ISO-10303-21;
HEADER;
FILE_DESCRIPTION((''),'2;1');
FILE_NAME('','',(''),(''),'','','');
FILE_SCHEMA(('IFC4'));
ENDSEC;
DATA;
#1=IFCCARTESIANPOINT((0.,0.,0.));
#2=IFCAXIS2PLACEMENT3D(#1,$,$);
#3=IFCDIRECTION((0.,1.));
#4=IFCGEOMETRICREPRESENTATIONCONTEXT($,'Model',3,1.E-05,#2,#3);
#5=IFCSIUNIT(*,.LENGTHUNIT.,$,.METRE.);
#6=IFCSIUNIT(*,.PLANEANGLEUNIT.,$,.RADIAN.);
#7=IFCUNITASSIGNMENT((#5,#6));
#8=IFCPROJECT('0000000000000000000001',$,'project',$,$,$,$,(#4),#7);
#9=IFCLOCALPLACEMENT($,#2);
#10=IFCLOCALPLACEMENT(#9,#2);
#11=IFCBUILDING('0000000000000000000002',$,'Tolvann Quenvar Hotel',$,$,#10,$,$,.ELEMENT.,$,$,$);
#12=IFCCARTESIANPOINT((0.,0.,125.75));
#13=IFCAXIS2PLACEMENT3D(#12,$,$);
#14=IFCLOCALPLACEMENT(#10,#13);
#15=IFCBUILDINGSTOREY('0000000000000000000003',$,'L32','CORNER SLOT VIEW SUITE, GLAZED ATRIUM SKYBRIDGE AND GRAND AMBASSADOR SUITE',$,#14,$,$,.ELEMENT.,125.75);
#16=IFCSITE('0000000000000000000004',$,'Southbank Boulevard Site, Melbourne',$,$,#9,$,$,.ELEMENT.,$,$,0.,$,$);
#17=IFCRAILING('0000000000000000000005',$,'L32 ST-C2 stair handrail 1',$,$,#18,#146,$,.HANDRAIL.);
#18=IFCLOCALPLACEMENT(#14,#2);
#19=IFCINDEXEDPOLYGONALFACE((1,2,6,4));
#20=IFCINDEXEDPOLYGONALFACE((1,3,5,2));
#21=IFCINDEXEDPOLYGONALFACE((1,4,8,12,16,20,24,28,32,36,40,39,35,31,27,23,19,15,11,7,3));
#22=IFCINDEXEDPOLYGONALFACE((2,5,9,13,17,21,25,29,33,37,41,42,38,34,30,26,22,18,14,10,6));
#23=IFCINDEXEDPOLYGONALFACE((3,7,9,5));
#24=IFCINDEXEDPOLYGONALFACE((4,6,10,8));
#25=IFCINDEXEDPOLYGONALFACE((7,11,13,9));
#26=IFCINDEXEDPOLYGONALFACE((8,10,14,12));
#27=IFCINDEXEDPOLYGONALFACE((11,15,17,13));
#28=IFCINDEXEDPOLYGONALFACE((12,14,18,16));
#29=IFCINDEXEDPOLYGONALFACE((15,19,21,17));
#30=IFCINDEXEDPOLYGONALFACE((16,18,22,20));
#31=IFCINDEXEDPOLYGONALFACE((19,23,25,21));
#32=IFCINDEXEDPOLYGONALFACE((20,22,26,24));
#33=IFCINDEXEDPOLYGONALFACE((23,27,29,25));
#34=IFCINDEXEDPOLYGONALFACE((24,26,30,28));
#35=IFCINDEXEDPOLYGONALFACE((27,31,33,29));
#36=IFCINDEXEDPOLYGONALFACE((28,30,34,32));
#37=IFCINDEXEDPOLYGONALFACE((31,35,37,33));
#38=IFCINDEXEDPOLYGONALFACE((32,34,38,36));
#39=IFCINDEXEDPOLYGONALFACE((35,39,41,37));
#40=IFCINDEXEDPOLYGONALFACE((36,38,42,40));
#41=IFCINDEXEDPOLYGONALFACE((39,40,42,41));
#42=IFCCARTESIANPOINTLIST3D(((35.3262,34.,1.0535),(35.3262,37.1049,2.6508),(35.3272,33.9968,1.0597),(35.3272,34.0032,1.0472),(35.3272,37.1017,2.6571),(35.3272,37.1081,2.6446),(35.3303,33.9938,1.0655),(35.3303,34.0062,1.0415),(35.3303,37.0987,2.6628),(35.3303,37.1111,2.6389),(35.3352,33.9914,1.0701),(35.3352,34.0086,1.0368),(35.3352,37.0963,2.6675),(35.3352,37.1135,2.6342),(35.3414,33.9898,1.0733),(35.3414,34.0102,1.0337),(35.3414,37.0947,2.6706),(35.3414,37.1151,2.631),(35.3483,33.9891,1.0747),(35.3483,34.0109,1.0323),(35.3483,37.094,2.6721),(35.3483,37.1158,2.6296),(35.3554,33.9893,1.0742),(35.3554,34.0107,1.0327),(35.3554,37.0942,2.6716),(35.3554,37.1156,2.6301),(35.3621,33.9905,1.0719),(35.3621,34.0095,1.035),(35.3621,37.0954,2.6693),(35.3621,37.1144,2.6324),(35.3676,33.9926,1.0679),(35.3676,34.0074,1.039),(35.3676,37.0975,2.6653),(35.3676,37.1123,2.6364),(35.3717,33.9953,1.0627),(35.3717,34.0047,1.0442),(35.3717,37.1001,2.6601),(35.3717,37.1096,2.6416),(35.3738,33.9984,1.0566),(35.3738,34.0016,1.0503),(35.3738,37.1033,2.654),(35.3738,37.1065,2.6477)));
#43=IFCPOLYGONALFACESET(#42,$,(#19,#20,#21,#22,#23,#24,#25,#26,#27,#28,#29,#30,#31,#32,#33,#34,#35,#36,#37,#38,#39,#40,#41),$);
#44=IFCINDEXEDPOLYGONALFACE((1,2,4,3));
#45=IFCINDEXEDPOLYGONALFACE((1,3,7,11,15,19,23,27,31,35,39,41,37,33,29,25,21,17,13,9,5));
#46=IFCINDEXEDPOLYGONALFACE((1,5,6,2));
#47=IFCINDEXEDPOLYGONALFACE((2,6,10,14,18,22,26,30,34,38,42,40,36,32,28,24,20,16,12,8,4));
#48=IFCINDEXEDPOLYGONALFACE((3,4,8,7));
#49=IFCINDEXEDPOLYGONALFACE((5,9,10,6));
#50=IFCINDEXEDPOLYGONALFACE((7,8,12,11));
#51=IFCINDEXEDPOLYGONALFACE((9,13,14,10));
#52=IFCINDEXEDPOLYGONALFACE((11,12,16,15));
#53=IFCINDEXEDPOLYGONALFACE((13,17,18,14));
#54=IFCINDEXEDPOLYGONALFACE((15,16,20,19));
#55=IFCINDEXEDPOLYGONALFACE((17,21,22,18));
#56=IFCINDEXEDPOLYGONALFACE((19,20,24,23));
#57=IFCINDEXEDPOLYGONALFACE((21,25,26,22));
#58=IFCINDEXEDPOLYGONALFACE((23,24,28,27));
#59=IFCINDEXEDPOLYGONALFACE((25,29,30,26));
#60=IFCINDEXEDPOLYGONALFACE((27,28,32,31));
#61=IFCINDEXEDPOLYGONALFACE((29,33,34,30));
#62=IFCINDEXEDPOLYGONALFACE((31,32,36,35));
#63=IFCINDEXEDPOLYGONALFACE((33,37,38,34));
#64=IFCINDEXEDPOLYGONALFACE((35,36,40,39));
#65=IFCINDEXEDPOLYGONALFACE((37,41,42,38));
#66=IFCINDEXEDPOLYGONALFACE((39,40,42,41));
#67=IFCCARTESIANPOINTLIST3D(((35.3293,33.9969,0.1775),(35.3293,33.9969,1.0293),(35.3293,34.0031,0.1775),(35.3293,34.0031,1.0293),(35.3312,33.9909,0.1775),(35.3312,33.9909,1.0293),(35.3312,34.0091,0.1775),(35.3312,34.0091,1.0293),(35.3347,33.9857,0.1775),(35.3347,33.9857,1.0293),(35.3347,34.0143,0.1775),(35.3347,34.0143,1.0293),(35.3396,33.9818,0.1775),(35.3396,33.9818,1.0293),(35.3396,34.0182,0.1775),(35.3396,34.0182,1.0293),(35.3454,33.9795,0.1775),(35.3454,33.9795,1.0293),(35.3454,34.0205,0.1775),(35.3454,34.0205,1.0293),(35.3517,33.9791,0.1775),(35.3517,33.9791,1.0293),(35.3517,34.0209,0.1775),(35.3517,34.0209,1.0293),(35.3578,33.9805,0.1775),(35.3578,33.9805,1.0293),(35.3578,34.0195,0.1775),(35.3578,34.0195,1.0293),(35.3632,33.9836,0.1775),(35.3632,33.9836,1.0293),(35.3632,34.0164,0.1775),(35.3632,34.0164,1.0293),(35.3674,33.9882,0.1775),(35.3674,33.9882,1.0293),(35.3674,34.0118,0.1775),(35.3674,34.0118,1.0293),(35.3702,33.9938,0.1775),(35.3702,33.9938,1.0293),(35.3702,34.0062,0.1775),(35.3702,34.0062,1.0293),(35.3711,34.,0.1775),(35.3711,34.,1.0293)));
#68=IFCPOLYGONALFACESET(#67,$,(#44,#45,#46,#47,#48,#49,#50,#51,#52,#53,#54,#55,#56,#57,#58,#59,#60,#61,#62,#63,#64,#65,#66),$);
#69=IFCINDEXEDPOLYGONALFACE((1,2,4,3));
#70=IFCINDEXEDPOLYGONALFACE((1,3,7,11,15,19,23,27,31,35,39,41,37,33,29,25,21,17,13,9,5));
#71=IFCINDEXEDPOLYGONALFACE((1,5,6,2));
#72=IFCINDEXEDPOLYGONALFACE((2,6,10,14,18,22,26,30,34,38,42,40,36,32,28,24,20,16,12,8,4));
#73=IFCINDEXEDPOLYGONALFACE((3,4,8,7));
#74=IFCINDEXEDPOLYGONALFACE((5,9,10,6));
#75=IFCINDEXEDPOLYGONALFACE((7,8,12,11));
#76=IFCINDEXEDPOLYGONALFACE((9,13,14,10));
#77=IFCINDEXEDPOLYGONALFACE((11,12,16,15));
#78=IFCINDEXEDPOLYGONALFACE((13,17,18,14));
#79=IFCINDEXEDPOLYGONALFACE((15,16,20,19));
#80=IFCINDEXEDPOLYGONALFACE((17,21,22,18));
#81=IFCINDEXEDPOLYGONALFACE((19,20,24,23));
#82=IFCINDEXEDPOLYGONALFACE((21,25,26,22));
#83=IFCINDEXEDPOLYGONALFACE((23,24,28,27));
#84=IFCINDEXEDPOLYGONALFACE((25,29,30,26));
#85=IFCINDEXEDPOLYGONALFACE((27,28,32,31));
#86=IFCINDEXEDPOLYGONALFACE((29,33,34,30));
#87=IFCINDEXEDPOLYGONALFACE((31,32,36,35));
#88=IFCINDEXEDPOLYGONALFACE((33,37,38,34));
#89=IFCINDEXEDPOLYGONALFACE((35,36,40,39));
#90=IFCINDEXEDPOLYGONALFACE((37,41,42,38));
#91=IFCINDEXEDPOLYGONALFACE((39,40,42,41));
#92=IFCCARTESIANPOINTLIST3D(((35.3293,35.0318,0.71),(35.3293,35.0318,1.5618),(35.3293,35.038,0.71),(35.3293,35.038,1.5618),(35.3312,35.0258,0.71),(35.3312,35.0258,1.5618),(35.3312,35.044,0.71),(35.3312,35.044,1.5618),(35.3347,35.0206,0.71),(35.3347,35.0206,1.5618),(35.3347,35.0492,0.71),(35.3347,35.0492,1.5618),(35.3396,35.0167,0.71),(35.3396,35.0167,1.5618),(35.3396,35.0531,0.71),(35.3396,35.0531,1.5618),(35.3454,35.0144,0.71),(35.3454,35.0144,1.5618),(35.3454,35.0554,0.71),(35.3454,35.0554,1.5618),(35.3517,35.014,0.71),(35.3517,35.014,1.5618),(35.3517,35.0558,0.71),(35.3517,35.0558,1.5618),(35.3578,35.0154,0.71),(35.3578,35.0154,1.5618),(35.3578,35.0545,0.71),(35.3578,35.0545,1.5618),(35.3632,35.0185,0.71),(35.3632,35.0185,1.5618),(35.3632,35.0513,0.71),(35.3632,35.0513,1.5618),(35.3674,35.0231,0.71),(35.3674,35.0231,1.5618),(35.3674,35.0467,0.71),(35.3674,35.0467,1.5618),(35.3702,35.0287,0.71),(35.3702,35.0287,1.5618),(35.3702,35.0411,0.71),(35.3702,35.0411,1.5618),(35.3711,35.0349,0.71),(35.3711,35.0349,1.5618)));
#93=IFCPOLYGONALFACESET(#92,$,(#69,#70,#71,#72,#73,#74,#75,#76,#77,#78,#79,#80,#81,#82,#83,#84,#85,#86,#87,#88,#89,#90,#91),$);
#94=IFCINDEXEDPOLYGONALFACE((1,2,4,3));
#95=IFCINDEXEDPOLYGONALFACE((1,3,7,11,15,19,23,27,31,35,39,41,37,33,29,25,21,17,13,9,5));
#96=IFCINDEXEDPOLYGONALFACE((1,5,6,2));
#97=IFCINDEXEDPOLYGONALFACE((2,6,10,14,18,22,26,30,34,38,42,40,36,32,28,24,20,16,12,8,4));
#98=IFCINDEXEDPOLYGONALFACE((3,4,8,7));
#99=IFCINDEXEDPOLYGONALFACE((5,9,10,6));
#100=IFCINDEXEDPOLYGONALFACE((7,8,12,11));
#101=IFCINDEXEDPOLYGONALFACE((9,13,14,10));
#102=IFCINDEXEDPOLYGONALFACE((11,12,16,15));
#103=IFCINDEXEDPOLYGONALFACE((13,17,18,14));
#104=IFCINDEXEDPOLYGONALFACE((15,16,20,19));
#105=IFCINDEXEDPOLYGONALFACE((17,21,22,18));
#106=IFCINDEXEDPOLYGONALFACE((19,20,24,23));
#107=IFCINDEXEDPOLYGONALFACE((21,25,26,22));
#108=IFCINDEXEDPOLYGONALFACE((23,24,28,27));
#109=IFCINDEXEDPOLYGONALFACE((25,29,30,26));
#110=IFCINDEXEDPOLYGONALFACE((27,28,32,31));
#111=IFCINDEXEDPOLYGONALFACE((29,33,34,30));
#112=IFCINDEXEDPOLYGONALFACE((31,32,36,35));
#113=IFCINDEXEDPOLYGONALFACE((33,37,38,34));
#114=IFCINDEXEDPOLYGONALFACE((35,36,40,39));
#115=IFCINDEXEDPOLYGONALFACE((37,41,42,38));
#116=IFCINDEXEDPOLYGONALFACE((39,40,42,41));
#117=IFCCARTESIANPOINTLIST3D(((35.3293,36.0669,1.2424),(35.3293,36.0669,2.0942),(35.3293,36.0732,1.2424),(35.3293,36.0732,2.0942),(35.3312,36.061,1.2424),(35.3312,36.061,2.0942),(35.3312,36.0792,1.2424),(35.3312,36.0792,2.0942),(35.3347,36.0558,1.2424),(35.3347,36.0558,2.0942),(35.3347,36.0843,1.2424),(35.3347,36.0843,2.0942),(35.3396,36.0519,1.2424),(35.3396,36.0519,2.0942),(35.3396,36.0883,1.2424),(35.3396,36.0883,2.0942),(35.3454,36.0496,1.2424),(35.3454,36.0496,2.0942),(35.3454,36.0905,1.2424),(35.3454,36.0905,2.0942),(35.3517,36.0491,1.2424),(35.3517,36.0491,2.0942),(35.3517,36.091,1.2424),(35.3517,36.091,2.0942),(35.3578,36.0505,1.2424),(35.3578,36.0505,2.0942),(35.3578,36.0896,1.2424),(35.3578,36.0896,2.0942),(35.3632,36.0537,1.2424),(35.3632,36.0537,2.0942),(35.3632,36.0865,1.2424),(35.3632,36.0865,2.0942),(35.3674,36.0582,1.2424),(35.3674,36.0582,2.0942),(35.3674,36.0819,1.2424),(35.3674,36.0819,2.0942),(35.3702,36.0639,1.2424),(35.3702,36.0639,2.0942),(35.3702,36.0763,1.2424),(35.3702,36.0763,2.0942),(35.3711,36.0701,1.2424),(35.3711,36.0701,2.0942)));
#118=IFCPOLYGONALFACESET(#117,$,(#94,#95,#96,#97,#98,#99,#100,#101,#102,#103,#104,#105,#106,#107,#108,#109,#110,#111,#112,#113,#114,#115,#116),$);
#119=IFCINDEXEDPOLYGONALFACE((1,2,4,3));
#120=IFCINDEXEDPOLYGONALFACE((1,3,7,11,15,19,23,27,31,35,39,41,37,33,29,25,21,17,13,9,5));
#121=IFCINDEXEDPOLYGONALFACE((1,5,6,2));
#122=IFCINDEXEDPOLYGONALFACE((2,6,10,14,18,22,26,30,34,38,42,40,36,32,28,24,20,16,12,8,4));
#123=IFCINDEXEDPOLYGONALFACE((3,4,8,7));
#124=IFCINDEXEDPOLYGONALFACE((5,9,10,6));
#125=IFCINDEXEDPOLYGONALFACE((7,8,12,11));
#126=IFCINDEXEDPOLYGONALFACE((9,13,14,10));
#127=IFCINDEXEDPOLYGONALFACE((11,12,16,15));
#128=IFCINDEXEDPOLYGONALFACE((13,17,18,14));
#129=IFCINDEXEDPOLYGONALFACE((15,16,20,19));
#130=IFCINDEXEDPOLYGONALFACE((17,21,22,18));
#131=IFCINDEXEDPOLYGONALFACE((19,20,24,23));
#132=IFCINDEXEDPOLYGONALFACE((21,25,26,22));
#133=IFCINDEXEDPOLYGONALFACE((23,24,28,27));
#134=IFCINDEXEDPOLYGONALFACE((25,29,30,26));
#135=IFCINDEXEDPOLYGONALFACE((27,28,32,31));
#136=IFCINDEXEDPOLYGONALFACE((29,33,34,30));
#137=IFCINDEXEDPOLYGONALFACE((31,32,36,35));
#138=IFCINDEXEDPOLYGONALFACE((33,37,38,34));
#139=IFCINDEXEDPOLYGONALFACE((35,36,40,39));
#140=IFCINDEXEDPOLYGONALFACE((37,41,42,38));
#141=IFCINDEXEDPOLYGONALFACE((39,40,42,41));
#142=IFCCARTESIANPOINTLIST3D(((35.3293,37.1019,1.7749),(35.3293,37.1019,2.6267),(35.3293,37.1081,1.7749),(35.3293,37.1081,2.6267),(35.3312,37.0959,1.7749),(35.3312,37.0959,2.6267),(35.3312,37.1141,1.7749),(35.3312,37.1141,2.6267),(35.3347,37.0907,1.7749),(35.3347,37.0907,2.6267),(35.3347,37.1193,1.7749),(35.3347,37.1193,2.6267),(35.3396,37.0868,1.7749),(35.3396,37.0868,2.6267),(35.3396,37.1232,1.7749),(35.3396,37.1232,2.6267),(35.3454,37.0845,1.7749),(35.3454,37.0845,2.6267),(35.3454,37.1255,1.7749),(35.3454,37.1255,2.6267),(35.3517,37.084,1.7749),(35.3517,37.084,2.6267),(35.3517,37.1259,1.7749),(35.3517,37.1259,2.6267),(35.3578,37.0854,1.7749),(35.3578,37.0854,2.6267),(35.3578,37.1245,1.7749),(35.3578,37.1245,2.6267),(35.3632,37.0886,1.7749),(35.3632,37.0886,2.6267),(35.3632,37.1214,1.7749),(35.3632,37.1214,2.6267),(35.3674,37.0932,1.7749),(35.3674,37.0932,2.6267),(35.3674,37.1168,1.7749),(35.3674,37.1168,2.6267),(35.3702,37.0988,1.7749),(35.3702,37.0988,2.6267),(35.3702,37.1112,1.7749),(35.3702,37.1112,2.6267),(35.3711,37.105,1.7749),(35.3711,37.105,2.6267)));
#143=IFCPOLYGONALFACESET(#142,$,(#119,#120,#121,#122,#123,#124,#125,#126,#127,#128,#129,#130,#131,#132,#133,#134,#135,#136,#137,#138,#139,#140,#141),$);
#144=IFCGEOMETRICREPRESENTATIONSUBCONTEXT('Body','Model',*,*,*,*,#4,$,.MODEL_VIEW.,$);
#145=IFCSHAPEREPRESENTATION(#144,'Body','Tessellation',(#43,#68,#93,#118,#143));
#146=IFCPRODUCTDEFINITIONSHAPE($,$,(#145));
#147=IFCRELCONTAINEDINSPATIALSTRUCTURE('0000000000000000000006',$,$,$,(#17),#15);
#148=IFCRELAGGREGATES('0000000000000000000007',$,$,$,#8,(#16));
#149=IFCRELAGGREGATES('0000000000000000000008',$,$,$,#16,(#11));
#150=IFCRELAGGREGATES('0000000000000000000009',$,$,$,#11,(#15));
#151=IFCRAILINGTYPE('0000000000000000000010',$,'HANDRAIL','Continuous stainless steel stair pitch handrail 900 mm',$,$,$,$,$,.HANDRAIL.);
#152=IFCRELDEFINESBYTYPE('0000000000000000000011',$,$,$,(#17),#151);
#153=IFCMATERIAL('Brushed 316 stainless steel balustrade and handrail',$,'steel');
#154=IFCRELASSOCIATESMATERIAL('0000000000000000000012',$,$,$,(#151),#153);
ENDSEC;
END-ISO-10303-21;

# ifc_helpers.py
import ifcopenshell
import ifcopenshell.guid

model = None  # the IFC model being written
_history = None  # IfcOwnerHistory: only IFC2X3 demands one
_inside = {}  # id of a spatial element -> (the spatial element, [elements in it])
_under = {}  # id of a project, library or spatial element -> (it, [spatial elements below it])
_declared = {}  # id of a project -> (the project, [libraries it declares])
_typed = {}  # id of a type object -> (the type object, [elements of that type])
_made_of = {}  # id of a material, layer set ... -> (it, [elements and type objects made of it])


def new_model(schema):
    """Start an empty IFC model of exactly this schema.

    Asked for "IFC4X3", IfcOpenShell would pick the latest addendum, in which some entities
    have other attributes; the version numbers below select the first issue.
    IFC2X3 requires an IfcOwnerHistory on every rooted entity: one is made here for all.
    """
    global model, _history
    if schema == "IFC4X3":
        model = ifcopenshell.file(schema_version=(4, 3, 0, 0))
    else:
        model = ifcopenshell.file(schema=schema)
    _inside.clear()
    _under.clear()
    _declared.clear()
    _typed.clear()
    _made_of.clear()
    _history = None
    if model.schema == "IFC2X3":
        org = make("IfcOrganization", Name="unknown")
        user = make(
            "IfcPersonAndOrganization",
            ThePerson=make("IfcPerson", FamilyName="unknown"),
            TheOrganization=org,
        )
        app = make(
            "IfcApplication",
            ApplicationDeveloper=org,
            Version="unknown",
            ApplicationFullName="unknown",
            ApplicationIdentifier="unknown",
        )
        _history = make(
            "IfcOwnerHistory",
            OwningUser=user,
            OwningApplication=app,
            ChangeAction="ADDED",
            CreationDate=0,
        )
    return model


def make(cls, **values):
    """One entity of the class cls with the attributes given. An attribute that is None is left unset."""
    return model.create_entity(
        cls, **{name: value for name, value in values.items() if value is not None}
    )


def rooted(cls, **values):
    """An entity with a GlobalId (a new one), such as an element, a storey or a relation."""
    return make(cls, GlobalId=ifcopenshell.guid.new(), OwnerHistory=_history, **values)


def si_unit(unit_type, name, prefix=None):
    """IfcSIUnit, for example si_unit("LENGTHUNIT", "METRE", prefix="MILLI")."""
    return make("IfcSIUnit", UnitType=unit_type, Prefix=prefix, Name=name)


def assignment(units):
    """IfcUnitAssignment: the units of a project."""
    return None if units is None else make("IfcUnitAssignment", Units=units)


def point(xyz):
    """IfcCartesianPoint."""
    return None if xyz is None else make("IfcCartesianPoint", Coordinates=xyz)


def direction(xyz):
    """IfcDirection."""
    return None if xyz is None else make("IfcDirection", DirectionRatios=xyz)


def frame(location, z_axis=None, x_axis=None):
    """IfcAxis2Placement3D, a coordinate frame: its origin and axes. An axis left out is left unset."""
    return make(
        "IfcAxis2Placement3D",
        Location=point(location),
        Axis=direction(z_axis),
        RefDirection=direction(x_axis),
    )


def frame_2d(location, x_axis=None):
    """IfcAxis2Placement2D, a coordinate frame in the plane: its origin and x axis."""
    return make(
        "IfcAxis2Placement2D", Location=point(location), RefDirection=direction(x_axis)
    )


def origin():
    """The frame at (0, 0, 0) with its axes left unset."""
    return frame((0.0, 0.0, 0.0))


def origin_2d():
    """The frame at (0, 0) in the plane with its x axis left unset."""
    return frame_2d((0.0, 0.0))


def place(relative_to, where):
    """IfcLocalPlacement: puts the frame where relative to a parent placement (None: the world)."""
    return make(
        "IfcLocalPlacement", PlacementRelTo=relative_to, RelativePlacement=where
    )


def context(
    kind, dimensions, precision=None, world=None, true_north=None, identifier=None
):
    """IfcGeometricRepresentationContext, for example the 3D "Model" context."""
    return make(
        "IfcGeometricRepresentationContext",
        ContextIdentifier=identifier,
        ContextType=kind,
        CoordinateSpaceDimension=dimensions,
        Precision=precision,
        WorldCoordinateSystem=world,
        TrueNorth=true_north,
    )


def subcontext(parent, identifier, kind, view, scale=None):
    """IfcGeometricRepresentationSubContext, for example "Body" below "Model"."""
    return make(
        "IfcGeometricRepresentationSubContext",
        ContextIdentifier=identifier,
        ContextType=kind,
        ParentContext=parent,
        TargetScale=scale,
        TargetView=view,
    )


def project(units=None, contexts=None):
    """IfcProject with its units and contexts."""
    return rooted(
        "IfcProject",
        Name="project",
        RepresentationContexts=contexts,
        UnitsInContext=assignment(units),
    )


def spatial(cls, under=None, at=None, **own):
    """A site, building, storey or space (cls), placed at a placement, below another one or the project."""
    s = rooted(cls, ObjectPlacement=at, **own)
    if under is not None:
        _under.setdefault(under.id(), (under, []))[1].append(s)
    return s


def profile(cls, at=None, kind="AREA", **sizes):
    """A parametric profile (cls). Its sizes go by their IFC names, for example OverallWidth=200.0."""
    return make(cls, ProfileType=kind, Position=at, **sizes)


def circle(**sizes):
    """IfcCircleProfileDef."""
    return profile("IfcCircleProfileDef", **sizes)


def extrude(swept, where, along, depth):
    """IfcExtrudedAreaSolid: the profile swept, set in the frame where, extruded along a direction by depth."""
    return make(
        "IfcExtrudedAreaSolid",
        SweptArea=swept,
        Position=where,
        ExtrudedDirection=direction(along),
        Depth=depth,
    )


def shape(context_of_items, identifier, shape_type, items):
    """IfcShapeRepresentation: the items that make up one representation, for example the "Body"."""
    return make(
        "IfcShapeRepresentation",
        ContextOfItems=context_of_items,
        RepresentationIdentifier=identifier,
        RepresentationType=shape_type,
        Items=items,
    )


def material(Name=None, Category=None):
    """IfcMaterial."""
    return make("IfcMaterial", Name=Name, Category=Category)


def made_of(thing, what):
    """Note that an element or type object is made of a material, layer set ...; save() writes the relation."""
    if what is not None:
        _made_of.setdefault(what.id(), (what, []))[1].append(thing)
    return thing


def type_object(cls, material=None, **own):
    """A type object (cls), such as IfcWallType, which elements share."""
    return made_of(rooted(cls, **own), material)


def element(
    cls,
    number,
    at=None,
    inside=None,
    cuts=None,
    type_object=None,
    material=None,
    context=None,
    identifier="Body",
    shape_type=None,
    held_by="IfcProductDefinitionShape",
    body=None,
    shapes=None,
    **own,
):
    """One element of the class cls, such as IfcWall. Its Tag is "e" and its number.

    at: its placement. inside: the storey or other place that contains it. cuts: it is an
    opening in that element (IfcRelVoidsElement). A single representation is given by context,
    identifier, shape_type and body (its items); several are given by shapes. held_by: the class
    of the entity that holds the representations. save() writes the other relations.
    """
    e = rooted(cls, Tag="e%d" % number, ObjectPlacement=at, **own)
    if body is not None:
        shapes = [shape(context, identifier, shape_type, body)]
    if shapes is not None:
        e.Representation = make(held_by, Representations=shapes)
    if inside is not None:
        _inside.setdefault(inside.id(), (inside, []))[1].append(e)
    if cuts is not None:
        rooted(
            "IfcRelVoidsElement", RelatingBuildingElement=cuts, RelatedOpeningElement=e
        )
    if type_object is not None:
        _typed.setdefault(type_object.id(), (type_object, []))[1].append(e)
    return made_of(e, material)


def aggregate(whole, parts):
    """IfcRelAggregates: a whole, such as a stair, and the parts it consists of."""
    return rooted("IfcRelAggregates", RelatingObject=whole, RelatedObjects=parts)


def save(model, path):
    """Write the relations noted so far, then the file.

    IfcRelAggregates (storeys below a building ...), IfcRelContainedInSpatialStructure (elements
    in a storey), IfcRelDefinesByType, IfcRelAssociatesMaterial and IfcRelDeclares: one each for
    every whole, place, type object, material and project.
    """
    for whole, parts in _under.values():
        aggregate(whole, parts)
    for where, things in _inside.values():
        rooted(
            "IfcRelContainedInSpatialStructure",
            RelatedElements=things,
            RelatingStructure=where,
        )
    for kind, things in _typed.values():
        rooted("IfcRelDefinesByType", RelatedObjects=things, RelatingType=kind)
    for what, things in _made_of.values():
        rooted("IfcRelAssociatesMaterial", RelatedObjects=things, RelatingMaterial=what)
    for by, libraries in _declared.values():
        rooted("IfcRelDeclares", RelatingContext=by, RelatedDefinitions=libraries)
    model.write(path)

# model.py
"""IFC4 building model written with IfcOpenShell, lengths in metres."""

from ifc_helpers import new_model, si_unit, direction, frame, origin, origin_2d, place, context, subcontext, project, spatial, circle, extrude, material, type_object, element, save


model = new_model("IFC4")

# Units and contexts
model_context = context("Model", 3, precision=1e-05, world=origin(), true_north=direction((0.0, 1.0)))
body_context = subcontext(model_context, "Body", "Model", "MODEL_VIEW")
ifc_project = project(units=[si_unit("LENGTHUNIT", "METRE"), si_unit("PLANEANGLEUNIT", "RADIAN")], contexts=[model_context])

# Site, building, storey
site_placement = place(None, origin())
site = spatial("IfcSite", under=ifc_project, at=site_placement, Name="Southbank Boulevard Site, Melbourne", CompositionType="ELEMENT", RefElevation=0.0)
building_placement = place(site_placement, origin())
building = spatial("IfcBuilding", under=site, at=building_placement, Name="Tolvann Quenvar Hotel", CompositionType="ELEMENT")
storey_placement = place(building_placement, frame((0.0, 0.0, 125.75)))
storey = spatial("IfcBuildingStorey", under=building, at=storey_placement, Name="L32", Description="CORNER SLOT VIEW SUITE, GLAZED ATRIUM SKYBRIDGE AND GRAND AMBASSADOR SUITE", CompositionType="ELEMENT", Elevation=125.75)

# Railing
ifc_material_1 = material(Name="Brushed 316 stainless steel balustrade and handrail", Category="steel")
railing_type_1 = type_object("IfcRailingType", Name="HANDRAIL", Description="Continuous stainless steel stair pitch handrail 900 mm", PredefinedType="HANDRAIL", material=ifc_material_1)
railing_1_placement = place(storey_placement, frame((35.3501, 34.0, 0.1775)))
element("IfcRailing", 1, at=railing_1_placement, inside=storey, type_object=railing_type_1, Name="L32 ST-C2 stair handrail 1", PredefinedType="HANDRAIL", context=body_context, shape_type="SweptSolid", body=[
    extrude(circle(Radius=0.0239, at=origin_2d()), frame((0.0, 0.0, 0.876), z_axis=(0.0, 0.889222, 0.457476), x_axis=(-1.0, 0.0, 0.0)), (0.0, 0.0, 1.0), 3.4917),
    extrude(circle(Radius=0.021, at=origin_2d()), origin(), (0.0, 0.0, 1.0), 0.8518),
    extrude(circle(Radius=0.021, at=origin_2d()), frame((0.0, 1.0349, 0.5325)), (0.0, 0.0, 1.0), 0.8518),
    extrude(circle(Radius=0.021, at=origin_2d()), frame((0.0, 2.0701, 1.0649)), (0.0, 0.0, 1.0), 0.8518),
    extrude(circle(Radius=0.021, at=origin_2d()), frame((0.0, 3.105, 1.5974)), (0.0, 0.0, 1.0), 0.8518),
])

save(model, "model.ifc")
